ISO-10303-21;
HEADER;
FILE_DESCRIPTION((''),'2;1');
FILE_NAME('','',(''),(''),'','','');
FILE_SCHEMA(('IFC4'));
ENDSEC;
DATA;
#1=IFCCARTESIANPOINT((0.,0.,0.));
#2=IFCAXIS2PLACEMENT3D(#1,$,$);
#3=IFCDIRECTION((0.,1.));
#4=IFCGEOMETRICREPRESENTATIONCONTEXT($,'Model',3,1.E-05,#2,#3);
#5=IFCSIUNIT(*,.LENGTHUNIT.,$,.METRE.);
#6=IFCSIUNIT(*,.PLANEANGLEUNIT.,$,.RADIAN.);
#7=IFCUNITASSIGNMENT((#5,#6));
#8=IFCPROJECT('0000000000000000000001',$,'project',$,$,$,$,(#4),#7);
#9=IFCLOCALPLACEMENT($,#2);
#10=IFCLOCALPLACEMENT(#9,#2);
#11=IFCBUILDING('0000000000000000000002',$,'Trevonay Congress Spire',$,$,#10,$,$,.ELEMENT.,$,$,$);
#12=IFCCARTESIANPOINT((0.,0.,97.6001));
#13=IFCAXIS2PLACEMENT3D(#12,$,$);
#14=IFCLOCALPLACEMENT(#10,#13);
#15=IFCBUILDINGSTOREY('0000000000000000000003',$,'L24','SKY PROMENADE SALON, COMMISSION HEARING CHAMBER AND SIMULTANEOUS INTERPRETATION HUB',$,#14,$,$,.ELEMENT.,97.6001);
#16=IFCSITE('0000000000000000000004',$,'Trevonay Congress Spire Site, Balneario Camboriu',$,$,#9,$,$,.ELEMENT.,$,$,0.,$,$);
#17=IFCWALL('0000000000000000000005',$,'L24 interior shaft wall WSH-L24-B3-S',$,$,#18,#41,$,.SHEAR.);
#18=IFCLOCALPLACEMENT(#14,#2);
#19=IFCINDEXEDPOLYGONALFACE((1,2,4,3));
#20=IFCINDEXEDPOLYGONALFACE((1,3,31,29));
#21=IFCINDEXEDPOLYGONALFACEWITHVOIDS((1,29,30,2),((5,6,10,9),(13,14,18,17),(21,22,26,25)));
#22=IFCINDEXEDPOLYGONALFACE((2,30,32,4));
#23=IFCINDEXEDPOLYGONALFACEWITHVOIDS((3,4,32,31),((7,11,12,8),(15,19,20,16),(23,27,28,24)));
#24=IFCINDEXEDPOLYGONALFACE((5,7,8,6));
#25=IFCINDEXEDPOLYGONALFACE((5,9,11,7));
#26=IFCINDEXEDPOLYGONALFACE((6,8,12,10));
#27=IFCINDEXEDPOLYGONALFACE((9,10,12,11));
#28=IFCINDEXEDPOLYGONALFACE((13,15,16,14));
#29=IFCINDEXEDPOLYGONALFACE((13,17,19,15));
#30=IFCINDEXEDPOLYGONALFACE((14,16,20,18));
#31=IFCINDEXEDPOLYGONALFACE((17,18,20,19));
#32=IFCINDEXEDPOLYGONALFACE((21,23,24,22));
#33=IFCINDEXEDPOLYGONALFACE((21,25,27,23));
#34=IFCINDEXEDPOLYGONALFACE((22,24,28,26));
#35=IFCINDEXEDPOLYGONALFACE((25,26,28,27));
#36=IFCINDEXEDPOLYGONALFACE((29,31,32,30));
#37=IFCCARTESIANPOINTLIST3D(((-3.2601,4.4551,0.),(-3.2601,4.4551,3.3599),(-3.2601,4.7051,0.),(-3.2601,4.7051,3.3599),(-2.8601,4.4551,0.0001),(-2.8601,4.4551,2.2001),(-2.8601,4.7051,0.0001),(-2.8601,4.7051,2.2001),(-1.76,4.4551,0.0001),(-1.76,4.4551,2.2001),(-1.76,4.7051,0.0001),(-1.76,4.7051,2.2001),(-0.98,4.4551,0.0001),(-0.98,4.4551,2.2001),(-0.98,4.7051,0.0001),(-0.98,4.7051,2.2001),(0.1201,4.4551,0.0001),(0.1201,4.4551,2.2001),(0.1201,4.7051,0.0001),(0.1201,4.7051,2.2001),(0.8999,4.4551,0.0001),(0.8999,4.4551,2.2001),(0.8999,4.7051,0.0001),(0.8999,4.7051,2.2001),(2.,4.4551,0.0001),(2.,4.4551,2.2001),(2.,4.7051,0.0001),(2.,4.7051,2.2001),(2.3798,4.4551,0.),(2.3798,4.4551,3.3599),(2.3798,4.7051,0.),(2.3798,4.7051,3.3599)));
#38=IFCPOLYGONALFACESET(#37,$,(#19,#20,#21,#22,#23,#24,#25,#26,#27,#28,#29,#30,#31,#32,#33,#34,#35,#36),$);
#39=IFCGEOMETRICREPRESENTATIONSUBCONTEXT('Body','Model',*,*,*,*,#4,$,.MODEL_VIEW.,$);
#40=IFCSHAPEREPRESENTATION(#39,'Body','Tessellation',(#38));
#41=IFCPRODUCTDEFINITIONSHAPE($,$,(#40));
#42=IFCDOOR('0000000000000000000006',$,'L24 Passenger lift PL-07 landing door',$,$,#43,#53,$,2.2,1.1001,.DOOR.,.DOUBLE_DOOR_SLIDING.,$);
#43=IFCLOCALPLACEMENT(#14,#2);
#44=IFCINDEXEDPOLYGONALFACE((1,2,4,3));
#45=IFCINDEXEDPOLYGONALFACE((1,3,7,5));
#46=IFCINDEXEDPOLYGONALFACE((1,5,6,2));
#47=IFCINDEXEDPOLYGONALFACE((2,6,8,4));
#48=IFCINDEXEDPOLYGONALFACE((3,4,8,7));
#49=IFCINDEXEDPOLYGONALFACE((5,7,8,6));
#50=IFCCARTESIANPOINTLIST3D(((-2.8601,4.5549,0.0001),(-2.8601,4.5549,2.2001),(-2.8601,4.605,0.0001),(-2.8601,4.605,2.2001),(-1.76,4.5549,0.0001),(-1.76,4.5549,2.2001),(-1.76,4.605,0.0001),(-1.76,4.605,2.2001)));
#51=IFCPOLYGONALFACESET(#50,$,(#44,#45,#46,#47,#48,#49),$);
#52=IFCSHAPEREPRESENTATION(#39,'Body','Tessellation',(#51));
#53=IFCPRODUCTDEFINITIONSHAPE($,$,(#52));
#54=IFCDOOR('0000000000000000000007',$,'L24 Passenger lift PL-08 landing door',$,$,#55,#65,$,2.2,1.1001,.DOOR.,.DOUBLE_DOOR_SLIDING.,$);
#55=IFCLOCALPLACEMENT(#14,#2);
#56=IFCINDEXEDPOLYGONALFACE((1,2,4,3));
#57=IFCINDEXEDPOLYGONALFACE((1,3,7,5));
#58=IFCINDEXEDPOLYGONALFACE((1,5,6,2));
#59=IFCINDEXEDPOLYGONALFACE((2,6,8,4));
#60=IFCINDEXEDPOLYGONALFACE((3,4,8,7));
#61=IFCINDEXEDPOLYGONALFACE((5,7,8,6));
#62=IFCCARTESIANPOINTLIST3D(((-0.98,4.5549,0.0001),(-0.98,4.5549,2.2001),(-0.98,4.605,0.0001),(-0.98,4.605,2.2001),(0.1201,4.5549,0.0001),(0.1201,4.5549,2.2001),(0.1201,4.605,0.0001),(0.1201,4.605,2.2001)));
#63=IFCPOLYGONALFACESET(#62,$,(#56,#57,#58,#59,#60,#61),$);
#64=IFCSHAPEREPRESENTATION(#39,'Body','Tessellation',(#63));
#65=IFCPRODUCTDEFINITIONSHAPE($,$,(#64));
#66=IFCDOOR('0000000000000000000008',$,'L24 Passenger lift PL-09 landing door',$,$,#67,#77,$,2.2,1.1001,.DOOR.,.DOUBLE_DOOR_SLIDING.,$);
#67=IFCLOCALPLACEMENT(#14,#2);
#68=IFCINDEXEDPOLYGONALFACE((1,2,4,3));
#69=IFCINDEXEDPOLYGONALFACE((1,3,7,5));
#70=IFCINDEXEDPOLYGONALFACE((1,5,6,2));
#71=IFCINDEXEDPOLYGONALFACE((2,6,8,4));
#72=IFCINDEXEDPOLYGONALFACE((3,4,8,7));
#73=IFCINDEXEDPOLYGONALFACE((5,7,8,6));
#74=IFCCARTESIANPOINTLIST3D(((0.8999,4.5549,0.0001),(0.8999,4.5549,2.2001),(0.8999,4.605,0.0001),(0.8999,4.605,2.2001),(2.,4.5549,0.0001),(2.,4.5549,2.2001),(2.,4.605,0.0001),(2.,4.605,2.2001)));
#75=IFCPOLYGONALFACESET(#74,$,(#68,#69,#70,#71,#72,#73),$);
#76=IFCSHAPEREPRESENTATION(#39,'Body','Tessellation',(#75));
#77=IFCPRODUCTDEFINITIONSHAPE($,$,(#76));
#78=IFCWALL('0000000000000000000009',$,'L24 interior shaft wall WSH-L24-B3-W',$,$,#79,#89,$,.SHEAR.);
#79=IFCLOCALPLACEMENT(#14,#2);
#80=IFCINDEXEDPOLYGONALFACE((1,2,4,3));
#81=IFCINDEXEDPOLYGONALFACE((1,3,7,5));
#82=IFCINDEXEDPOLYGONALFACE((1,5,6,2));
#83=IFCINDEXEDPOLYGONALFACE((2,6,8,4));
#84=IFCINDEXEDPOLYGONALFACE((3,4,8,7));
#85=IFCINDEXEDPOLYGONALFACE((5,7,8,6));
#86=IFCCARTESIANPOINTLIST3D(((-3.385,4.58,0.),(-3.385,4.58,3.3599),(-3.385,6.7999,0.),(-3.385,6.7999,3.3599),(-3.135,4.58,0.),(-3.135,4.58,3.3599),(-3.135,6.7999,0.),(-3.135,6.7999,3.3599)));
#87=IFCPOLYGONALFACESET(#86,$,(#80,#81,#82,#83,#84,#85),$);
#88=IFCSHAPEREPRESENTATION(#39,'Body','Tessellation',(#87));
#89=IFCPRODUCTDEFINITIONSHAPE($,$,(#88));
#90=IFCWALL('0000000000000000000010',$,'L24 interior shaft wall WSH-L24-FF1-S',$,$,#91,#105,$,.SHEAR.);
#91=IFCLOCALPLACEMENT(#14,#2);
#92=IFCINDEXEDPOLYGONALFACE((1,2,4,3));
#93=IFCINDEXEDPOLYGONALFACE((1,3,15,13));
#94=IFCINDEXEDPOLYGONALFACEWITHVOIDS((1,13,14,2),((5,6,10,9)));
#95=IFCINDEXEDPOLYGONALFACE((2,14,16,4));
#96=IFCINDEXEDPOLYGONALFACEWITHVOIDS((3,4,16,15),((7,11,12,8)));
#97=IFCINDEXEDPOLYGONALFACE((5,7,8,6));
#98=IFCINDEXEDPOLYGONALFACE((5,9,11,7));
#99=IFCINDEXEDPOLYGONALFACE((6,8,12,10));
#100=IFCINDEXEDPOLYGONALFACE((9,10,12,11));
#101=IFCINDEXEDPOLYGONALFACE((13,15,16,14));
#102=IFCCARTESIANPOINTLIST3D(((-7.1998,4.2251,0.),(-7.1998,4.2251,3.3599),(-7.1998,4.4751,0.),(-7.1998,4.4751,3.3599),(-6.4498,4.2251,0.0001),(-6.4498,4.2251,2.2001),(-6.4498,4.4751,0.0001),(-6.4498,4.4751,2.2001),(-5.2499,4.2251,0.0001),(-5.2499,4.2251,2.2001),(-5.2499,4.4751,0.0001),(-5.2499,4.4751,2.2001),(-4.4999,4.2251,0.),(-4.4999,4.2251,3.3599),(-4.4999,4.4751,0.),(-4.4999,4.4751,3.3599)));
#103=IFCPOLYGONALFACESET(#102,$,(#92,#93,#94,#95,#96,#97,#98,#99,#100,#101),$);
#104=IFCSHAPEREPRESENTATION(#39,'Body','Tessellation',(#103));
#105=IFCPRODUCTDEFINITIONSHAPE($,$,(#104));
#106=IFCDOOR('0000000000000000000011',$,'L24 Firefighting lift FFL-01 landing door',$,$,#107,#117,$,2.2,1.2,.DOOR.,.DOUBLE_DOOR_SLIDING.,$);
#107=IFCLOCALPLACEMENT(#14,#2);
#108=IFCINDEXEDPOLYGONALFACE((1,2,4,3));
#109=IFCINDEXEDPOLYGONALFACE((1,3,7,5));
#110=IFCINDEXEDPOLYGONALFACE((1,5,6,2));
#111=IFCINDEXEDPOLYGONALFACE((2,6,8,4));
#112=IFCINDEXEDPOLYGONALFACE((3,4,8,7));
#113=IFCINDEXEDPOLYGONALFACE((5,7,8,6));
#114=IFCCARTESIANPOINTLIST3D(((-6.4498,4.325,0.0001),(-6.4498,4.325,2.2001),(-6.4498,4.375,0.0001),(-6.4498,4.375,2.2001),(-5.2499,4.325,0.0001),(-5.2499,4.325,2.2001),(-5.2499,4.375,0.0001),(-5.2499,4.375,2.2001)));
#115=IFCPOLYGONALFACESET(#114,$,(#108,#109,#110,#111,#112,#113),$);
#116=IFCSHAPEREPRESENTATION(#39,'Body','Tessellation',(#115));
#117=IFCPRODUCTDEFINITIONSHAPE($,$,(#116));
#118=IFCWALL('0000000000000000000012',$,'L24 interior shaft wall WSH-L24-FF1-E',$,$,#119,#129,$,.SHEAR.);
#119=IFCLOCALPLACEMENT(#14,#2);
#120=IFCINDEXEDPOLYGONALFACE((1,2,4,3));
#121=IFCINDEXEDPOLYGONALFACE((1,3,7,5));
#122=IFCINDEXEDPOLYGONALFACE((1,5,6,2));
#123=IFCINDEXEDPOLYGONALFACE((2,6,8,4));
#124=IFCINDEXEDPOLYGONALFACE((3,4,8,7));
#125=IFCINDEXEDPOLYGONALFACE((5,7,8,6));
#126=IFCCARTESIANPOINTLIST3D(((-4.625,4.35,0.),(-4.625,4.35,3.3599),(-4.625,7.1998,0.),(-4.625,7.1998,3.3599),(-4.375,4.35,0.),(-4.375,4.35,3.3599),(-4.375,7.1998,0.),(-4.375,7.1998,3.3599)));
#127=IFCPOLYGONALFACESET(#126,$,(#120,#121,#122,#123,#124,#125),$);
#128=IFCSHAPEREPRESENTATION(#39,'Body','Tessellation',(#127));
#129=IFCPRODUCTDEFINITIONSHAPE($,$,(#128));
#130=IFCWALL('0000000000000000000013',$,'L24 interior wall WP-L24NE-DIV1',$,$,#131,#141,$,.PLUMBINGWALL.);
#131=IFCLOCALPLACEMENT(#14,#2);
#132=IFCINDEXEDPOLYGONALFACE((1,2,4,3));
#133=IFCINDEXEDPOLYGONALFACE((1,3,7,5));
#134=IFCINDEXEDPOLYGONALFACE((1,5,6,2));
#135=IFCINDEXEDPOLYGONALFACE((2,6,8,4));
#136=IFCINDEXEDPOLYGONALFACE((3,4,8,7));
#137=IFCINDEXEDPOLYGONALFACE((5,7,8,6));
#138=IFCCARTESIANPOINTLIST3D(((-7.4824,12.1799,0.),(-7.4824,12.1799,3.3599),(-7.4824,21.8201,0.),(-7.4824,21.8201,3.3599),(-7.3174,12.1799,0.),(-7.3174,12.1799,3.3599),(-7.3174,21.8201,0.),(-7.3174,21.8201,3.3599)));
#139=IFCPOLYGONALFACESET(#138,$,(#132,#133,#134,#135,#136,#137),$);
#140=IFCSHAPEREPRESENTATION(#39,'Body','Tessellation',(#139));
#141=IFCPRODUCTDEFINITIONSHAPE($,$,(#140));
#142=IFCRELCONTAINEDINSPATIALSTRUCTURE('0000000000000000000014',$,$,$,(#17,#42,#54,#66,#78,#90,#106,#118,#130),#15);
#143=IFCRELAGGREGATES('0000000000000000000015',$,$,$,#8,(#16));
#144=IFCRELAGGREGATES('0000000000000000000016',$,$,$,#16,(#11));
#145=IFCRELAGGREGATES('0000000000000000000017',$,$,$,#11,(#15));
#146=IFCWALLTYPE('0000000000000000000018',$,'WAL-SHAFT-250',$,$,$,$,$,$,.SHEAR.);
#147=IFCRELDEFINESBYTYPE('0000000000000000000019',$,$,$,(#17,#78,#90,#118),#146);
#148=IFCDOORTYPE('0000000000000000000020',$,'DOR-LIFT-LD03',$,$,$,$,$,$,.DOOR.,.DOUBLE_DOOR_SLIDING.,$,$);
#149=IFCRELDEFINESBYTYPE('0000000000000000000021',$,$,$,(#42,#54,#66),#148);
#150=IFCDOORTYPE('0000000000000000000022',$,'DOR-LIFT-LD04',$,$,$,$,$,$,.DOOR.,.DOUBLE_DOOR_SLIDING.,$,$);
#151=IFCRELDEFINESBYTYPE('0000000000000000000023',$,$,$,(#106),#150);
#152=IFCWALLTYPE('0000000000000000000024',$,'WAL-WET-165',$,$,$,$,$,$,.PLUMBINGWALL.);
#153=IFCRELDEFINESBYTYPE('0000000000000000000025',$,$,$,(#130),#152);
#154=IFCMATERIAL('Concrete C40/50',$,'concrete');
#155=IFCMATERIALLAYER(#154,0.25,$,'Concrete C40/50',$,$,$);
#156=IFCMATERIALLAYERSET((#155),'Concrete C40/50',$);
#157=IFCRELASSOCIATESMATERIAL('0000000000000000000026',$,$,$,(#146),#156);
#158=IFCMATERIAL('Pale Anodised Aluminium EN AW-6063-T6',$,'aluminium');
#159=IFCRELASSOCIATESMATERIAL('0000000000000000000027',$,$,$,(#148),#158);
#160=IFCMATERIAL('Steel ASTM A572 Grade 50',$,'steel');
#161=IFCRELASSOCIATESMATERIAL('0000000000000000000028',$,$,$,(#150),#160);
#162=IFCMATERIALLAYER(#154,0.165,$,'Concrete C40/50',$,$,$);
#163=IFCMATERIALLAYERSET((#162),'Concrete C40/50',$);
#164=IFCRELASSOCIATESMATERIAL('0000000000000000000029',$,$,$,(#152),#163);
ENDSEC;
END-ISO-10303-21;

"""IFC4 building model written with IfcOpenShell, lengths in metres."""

from ifc_helpers import new_model, si_unit, direction, frame, frame_2d, origin, place, context, subcontext, project, spatial, rectangle, extrude, material, layer, layer_set, type_object, element, fill, save


model = new_model("IFC4")

# Units and contexts
model_context = context("Model", 3, precision=1e-05, world=origin(), true_north=direction((0.0, 1.0)))
body_context = subcontext(model_context, "Body", "Model", "MODEL_VIEW")
ifc_project = project(units=[si_unit("LENGTHUNIT", "METRE"), si_unit("PLANEANGLEUNIT", "RADIAN")], contexts=[model_context])

# Site, building, storey
site_placement = place(None, origin())
site = spatial("IfcSite", under=ifc_project, at=site_placement, Name="Trevonay Congress Spire Site, Balneario Camboriu", CompositionType="ELEMENT", RefElevation=0.0)
building_placement = place(site_placement, origin())
building = spatial("IfcBuilding", under=site, at=building_placement, Name="Trevonay Congress Spire", CompositionType="ELEMENT")
storey_placement = place(building_placement, frame((0.0, 0.0, 97.6001)))
storey = spatial("IfcBuildingStorey", under=building, at=storey_placement, Name="L24", Description="SKY PROMENADE SALON, COMMISSION HEARING CHAMBER AND SIMULTANEOUS INTERPRETATION HUB", CompositionType="ELEMENT", Elevation=97.6001)

# Shared definitions
ifc_material_1 = material(Name="Steel ASTM A572 Grade 50", Category="steel")

# Shared definitions
ifc_material_2 = material(Name="Pale Anodised Aluminium EN AW-6063-T6", Category="aluminium")

# Wall, openings, doors
ifc_material_3 = material(Name="Concrete C40/50", Category="concrete")
ifc_layer_1 = layer(ifc_material_3, 0.25, Name="Concrete C40/50")
ifc_layer_set_1 = layer_set([ifc_layer_1], Name="Concrete C40/50")
wall_type_1 = type_object("IfcWallType", Name="WAL-SHAFT-250", PredefinedType="SHEAR", material=ifc_layer_set_1)
wall_1_placement = place(storey_placement, frame((-3.26, 4.5801, 0.0), z_axis=(0.0, 0.0, 1.0), x_axis=(1.0, 0.0, 0.0)))
wall_1 = element("IfcWall", 1, at=wall_1_placement, inside=storey, type_object=wall_type_1, Name="L24 interior shaft wall WSH-L24-B3-S", PredefinedType="SHEAR", context=body_context, shape_type="SweptSolid", body=[
    extrude(rectangle(XDim=5.6399, YDim=0.25, at=frame_2d((2.8198, 0.0))), origin(), (0.0, 0.0, 1.0), 3.3599),
])
opening_1_placement = place(wall_1_placement, frame((0.3999, 0.0, 0.0)))
opening_1 = element("IfcOpeningElement", 2, at=opening_1_placement, cuts=wall_1, PredefinedType="OPENING", context=body_context, shape_type="SweptSolid", body=[
    extrude(rectangle(XDim=1.1001, YDim=2.2, at=frame_2d((0.55, 1.1001))), frame((0.0, 0.135, 0.0), z_axis=(0.0, -1.0, 0.0), x_axis=(1.0, 0.0, 0.0)), (0.0, 0.0, 1.0), 0.27),
])
opening_2_placement = place(wall_1_placement, frame((2.28, 0.0, 0.0)))
opening_2 = element("IfcOpeningElement", 3, at=opening_2_placement, cuts=wall_1, PredefinedType="OPENING", context=body_context, shape_type="SweptSolid", body=[
    extrude(rectangle(XDim=1.1001, YDim=2.2, at=frame_2d((0.55, 1.1001))), frame((0.0, 0.135, 0.0), z_axis=(0.0, -1.0, 0.0), x_axis=(1.0, 0.0, 0.0)), (0.0, 0.0, 1.0), 0.27),
])
opening_3_placement = place(wall_1_placement, frame((4.1599, 0.0, 0.0)))
opening_3 = element("IfcOpeningElement", 4, at=opening_3_placement, cuts=wall_1, PredefinedType="OPENING", context=body_context, shape_type="SweptSolid", body=[
    extrude(rectangle(XDim=1.1001, YDim=2.2, at=frame_2d((0.55, 1.1001))), frame((0.0, 0.135, 0.0), z_axis=(0.0, -1.0, 0.0), x_axis=(1.0, 0.0, 0.0)), (0.0, 0.0, 1.0), 0.27),
])
door_type_1 = type_object("IfcDoorType", Name="DOR-LIFT-LD03", OperationType="DOUBLE_DOOR_SLIDING", PredefinedType="DOOR", material=ifc_material_2)
door_1_placement = place(opening_1_placement, origin())
door_1 = element("IfcDoor", 5, at=door_1_placement, inside=storey, type_object=door_type_1, Name="L24 Passenger lift PL-07 landing door", OperationType="DOUBLE_DOOR_SLIDING", OverallHeight=2.2, OverallWidth=1.1001, PredefinedType="DOOR", context=body_context, shape_type="SweptSolid", body=[
    extrude(rectangle(XDim=1.1001, YDim=2.2, at=frame_2d((0.55, 1.1001))), frame((0.0, 0.0249, 0.0), z_axis=(0.0, -1.0, 0.0), x_axis=(1.0, 0.0, 0.0)), (0.0, 0.0, 1.0), 0.05),
])
fill(opening_1, door_1)
door_2_placement = place(opening_2_placement, origin())
door_2 = element("IfcDoor", 6, at=door_2_placement, inside=storey, type_object=door_type_1, Name="L24 Passenger lift PL-08 landing door", OperationType="DOUBLE_DOOR_SLIDING", OverallHeight=2.2, OverallWidth=1.1001, PredefinedType="DOOR", context=body_context, shape_type="SweptSolid", body=[
    extrude(rectangle(XDim=1.1001, YDim=2.2, at=frame_2d((0.55, 1.1001))), frame((0.0, 0.0249, 0.0), z_axis=(0.0, -1.0, 0.0), x_axis=(1.0, 0.0, 0.0)), (0.0, 0.0, 1.0), 0.05),
])
fill(opening_2, door_2)
door_3_placement = place(opening_3_placement, origin())
door_3 = element("IfcDoor", 7, at=door_3_placement, inside=storey, type_object=door_type_1, Name="L24 Passenger lift PL-09 landing door", OperationType="DOUBLE_DOOR_SLIDING", OverallHeight=2.2, OverallWidth=1.1001, PredefinedType="DOOR", context=body_context, shape_type="SweptSolid", body=[
    extrude(rectangle(XDim=1.1001, YDim=2.2, at=frame_2d((0.55, 1.1001))), frame((0.0, 0.0249, 0.0), z_axis=(0.0, -1.0, 0.0), x_axis=(1.0, 0.0, 0.0)), (0.0, 0.0, 1.0), 0.05),
])
fill(opening_3, door_3)

# Wall
wall_2_placement = place(storey_placement, frame((-3.26, 4.5801, 0.0), z_axis=(0.0, 0.0, 1.0), x_axis=(0.0, 1.0, 0.0)))
element("IfcWall", 8, at=wall_2_placement, inside=storey, type_object=wall_type_1, Name="L24 interior shaft wall WSH-L24-B3-W", PredefinedType="SHEAR", context=body_context, shape_type="SweptSolid", body=[
    extrude(rectangle(XDim=2.22, YDim=0.25, at=frame_2d((1.1099, 0.0))), origin(), (0.0, 0.0, 1.0), 3.3599),
])

# Wall, opening, door
wall_3_placement = place(storey_placement, frame((-7.2, 4.3501, 0.0), z_axis=(0.0, 0.0, 1.0), x_axis=(1.0, 0.0, 0.0)))
wall_3 = element("IfcWall", 9, at=wall_3_placement, inside=storey, type_object=wall_type_1, Name="L24 interior shaft wall WSH-L24-FF1-S", PredefinedType="SHEAR", context=body_context, shape_type="SweptSolid", body=[
    extrude(rectangle(XDim=2.7, YDim=0.25, at=frame_2d((1.3501, 0.0))), origin(), (0.0, 0.0, 1.0), 3.3599),
])
opening_4_placement = place(wall_3_placement, frame((0.75, 0.0, 0.0)))
opening_4 = element("IfcOpeningElement", 10, at=opening_4_placement, cuts=wall_3, PredefinedType="OPENING", context=body_context, shape_type="SweptSolid", body=[
    extrude(rectangle(XDim=1.2, YDim=2.2, at=frame_2d((0.6001, 1.1001))), frame((0.0, 0.135, 0.0), z_axis=(0.0, -1.0, 0.0), x_axis=(1.0, 0.0, 0.0)), (0.0, 0.0, 1.0), 0.27),
])
door_type_2 = type_object("IfcDoorType", Name="DOR-LIFT-LD04", OperationType="DOUBLE_DOOR_SLIDING", PredefinedType="DOOR", material=ifc_material_1)
door_4_placement = place(opening_4_placement, origin())
door_4 = element("IfcDoor", 11, at=door_4_placement, inside=storey, type_object=door_type_2, Name="L24 Firefighting lift FFL-01 landing door", OperationType="DOUBLE_DOOR_SLIDING", OverallHeight=2.2, OverallWidth=1.2, PredefinedType="DOOR", context=body_context, shape_type="SweptSolid", body=[
    extrude(rectangle(XDim=1.2, YDim=2.2, at=frame_2d((0.6001, 1.1001))), frame((0.0, 0.0249, 0.0), z_axis=(0.0, -1.0, 0.0), x_axis=(1.0, 0.0, 0.0)), (0.0, 0.0, 1.0), 0.05),
])
fill(opening_4, door_4)

# Walls
wall_4_placement = place(storey_placement, frame((-4.5, 4.3501, 0.0), z_axis=(0.0, 0.0, 1.0), x_axis=(0.0, 1.0, 0.0)))
element("IfcWall", 12, at=wall_4_placement, inside=storey, type_object=wall_type_1, Name="L24 interior shaft wall WSH-L24-FF1-E", PredefinedType="SHEAR", context=body_context, shape_type="SweptSolid", body=[
    extrude(rectangle(XDim=2.8499, YDim=0.25, at=frame_2d((1.4248, 0.0))), origin(), (0.0, 0.0, 1.0), 3.3599),
])
ifc_layer_2 = layer(ifc_material_3, 0.165, Name="Concrete C40/50")
ifc_layer_set_2 = layer_set([ifc_layer_2], Name="Concrete C40/50")
wall_type_2 = type_object("IfcWallType", Name="WAL-WET-165", PredefinedType="PLUMBINGWALL", material=ifc_layer_set_2)
wall_5_placement = place(storey_placement, frame((-7.3999, 12.1799, 0.0), z_axis=(0.0, 0.0, 1.0), x_axis=(0.0, 1.0, 0.0)))
element("IfcWall", 13, at=wall_5_placement, inside=storey, type_object=wall_type_2, Name="L24 interior wall WP-L24NE-DIV1", PredefinedType="PLUMBINGWALL", context=body_context, shape_type="SweptSolid", body=[
    extrude(rectangle(XDim=9.6401, YDim=0.165, at=frame_2d((4.8201, 0.0))), origin(), (0.0, 0.0, 1.0), 3.3599),
])

save(model, "model.ifc")
